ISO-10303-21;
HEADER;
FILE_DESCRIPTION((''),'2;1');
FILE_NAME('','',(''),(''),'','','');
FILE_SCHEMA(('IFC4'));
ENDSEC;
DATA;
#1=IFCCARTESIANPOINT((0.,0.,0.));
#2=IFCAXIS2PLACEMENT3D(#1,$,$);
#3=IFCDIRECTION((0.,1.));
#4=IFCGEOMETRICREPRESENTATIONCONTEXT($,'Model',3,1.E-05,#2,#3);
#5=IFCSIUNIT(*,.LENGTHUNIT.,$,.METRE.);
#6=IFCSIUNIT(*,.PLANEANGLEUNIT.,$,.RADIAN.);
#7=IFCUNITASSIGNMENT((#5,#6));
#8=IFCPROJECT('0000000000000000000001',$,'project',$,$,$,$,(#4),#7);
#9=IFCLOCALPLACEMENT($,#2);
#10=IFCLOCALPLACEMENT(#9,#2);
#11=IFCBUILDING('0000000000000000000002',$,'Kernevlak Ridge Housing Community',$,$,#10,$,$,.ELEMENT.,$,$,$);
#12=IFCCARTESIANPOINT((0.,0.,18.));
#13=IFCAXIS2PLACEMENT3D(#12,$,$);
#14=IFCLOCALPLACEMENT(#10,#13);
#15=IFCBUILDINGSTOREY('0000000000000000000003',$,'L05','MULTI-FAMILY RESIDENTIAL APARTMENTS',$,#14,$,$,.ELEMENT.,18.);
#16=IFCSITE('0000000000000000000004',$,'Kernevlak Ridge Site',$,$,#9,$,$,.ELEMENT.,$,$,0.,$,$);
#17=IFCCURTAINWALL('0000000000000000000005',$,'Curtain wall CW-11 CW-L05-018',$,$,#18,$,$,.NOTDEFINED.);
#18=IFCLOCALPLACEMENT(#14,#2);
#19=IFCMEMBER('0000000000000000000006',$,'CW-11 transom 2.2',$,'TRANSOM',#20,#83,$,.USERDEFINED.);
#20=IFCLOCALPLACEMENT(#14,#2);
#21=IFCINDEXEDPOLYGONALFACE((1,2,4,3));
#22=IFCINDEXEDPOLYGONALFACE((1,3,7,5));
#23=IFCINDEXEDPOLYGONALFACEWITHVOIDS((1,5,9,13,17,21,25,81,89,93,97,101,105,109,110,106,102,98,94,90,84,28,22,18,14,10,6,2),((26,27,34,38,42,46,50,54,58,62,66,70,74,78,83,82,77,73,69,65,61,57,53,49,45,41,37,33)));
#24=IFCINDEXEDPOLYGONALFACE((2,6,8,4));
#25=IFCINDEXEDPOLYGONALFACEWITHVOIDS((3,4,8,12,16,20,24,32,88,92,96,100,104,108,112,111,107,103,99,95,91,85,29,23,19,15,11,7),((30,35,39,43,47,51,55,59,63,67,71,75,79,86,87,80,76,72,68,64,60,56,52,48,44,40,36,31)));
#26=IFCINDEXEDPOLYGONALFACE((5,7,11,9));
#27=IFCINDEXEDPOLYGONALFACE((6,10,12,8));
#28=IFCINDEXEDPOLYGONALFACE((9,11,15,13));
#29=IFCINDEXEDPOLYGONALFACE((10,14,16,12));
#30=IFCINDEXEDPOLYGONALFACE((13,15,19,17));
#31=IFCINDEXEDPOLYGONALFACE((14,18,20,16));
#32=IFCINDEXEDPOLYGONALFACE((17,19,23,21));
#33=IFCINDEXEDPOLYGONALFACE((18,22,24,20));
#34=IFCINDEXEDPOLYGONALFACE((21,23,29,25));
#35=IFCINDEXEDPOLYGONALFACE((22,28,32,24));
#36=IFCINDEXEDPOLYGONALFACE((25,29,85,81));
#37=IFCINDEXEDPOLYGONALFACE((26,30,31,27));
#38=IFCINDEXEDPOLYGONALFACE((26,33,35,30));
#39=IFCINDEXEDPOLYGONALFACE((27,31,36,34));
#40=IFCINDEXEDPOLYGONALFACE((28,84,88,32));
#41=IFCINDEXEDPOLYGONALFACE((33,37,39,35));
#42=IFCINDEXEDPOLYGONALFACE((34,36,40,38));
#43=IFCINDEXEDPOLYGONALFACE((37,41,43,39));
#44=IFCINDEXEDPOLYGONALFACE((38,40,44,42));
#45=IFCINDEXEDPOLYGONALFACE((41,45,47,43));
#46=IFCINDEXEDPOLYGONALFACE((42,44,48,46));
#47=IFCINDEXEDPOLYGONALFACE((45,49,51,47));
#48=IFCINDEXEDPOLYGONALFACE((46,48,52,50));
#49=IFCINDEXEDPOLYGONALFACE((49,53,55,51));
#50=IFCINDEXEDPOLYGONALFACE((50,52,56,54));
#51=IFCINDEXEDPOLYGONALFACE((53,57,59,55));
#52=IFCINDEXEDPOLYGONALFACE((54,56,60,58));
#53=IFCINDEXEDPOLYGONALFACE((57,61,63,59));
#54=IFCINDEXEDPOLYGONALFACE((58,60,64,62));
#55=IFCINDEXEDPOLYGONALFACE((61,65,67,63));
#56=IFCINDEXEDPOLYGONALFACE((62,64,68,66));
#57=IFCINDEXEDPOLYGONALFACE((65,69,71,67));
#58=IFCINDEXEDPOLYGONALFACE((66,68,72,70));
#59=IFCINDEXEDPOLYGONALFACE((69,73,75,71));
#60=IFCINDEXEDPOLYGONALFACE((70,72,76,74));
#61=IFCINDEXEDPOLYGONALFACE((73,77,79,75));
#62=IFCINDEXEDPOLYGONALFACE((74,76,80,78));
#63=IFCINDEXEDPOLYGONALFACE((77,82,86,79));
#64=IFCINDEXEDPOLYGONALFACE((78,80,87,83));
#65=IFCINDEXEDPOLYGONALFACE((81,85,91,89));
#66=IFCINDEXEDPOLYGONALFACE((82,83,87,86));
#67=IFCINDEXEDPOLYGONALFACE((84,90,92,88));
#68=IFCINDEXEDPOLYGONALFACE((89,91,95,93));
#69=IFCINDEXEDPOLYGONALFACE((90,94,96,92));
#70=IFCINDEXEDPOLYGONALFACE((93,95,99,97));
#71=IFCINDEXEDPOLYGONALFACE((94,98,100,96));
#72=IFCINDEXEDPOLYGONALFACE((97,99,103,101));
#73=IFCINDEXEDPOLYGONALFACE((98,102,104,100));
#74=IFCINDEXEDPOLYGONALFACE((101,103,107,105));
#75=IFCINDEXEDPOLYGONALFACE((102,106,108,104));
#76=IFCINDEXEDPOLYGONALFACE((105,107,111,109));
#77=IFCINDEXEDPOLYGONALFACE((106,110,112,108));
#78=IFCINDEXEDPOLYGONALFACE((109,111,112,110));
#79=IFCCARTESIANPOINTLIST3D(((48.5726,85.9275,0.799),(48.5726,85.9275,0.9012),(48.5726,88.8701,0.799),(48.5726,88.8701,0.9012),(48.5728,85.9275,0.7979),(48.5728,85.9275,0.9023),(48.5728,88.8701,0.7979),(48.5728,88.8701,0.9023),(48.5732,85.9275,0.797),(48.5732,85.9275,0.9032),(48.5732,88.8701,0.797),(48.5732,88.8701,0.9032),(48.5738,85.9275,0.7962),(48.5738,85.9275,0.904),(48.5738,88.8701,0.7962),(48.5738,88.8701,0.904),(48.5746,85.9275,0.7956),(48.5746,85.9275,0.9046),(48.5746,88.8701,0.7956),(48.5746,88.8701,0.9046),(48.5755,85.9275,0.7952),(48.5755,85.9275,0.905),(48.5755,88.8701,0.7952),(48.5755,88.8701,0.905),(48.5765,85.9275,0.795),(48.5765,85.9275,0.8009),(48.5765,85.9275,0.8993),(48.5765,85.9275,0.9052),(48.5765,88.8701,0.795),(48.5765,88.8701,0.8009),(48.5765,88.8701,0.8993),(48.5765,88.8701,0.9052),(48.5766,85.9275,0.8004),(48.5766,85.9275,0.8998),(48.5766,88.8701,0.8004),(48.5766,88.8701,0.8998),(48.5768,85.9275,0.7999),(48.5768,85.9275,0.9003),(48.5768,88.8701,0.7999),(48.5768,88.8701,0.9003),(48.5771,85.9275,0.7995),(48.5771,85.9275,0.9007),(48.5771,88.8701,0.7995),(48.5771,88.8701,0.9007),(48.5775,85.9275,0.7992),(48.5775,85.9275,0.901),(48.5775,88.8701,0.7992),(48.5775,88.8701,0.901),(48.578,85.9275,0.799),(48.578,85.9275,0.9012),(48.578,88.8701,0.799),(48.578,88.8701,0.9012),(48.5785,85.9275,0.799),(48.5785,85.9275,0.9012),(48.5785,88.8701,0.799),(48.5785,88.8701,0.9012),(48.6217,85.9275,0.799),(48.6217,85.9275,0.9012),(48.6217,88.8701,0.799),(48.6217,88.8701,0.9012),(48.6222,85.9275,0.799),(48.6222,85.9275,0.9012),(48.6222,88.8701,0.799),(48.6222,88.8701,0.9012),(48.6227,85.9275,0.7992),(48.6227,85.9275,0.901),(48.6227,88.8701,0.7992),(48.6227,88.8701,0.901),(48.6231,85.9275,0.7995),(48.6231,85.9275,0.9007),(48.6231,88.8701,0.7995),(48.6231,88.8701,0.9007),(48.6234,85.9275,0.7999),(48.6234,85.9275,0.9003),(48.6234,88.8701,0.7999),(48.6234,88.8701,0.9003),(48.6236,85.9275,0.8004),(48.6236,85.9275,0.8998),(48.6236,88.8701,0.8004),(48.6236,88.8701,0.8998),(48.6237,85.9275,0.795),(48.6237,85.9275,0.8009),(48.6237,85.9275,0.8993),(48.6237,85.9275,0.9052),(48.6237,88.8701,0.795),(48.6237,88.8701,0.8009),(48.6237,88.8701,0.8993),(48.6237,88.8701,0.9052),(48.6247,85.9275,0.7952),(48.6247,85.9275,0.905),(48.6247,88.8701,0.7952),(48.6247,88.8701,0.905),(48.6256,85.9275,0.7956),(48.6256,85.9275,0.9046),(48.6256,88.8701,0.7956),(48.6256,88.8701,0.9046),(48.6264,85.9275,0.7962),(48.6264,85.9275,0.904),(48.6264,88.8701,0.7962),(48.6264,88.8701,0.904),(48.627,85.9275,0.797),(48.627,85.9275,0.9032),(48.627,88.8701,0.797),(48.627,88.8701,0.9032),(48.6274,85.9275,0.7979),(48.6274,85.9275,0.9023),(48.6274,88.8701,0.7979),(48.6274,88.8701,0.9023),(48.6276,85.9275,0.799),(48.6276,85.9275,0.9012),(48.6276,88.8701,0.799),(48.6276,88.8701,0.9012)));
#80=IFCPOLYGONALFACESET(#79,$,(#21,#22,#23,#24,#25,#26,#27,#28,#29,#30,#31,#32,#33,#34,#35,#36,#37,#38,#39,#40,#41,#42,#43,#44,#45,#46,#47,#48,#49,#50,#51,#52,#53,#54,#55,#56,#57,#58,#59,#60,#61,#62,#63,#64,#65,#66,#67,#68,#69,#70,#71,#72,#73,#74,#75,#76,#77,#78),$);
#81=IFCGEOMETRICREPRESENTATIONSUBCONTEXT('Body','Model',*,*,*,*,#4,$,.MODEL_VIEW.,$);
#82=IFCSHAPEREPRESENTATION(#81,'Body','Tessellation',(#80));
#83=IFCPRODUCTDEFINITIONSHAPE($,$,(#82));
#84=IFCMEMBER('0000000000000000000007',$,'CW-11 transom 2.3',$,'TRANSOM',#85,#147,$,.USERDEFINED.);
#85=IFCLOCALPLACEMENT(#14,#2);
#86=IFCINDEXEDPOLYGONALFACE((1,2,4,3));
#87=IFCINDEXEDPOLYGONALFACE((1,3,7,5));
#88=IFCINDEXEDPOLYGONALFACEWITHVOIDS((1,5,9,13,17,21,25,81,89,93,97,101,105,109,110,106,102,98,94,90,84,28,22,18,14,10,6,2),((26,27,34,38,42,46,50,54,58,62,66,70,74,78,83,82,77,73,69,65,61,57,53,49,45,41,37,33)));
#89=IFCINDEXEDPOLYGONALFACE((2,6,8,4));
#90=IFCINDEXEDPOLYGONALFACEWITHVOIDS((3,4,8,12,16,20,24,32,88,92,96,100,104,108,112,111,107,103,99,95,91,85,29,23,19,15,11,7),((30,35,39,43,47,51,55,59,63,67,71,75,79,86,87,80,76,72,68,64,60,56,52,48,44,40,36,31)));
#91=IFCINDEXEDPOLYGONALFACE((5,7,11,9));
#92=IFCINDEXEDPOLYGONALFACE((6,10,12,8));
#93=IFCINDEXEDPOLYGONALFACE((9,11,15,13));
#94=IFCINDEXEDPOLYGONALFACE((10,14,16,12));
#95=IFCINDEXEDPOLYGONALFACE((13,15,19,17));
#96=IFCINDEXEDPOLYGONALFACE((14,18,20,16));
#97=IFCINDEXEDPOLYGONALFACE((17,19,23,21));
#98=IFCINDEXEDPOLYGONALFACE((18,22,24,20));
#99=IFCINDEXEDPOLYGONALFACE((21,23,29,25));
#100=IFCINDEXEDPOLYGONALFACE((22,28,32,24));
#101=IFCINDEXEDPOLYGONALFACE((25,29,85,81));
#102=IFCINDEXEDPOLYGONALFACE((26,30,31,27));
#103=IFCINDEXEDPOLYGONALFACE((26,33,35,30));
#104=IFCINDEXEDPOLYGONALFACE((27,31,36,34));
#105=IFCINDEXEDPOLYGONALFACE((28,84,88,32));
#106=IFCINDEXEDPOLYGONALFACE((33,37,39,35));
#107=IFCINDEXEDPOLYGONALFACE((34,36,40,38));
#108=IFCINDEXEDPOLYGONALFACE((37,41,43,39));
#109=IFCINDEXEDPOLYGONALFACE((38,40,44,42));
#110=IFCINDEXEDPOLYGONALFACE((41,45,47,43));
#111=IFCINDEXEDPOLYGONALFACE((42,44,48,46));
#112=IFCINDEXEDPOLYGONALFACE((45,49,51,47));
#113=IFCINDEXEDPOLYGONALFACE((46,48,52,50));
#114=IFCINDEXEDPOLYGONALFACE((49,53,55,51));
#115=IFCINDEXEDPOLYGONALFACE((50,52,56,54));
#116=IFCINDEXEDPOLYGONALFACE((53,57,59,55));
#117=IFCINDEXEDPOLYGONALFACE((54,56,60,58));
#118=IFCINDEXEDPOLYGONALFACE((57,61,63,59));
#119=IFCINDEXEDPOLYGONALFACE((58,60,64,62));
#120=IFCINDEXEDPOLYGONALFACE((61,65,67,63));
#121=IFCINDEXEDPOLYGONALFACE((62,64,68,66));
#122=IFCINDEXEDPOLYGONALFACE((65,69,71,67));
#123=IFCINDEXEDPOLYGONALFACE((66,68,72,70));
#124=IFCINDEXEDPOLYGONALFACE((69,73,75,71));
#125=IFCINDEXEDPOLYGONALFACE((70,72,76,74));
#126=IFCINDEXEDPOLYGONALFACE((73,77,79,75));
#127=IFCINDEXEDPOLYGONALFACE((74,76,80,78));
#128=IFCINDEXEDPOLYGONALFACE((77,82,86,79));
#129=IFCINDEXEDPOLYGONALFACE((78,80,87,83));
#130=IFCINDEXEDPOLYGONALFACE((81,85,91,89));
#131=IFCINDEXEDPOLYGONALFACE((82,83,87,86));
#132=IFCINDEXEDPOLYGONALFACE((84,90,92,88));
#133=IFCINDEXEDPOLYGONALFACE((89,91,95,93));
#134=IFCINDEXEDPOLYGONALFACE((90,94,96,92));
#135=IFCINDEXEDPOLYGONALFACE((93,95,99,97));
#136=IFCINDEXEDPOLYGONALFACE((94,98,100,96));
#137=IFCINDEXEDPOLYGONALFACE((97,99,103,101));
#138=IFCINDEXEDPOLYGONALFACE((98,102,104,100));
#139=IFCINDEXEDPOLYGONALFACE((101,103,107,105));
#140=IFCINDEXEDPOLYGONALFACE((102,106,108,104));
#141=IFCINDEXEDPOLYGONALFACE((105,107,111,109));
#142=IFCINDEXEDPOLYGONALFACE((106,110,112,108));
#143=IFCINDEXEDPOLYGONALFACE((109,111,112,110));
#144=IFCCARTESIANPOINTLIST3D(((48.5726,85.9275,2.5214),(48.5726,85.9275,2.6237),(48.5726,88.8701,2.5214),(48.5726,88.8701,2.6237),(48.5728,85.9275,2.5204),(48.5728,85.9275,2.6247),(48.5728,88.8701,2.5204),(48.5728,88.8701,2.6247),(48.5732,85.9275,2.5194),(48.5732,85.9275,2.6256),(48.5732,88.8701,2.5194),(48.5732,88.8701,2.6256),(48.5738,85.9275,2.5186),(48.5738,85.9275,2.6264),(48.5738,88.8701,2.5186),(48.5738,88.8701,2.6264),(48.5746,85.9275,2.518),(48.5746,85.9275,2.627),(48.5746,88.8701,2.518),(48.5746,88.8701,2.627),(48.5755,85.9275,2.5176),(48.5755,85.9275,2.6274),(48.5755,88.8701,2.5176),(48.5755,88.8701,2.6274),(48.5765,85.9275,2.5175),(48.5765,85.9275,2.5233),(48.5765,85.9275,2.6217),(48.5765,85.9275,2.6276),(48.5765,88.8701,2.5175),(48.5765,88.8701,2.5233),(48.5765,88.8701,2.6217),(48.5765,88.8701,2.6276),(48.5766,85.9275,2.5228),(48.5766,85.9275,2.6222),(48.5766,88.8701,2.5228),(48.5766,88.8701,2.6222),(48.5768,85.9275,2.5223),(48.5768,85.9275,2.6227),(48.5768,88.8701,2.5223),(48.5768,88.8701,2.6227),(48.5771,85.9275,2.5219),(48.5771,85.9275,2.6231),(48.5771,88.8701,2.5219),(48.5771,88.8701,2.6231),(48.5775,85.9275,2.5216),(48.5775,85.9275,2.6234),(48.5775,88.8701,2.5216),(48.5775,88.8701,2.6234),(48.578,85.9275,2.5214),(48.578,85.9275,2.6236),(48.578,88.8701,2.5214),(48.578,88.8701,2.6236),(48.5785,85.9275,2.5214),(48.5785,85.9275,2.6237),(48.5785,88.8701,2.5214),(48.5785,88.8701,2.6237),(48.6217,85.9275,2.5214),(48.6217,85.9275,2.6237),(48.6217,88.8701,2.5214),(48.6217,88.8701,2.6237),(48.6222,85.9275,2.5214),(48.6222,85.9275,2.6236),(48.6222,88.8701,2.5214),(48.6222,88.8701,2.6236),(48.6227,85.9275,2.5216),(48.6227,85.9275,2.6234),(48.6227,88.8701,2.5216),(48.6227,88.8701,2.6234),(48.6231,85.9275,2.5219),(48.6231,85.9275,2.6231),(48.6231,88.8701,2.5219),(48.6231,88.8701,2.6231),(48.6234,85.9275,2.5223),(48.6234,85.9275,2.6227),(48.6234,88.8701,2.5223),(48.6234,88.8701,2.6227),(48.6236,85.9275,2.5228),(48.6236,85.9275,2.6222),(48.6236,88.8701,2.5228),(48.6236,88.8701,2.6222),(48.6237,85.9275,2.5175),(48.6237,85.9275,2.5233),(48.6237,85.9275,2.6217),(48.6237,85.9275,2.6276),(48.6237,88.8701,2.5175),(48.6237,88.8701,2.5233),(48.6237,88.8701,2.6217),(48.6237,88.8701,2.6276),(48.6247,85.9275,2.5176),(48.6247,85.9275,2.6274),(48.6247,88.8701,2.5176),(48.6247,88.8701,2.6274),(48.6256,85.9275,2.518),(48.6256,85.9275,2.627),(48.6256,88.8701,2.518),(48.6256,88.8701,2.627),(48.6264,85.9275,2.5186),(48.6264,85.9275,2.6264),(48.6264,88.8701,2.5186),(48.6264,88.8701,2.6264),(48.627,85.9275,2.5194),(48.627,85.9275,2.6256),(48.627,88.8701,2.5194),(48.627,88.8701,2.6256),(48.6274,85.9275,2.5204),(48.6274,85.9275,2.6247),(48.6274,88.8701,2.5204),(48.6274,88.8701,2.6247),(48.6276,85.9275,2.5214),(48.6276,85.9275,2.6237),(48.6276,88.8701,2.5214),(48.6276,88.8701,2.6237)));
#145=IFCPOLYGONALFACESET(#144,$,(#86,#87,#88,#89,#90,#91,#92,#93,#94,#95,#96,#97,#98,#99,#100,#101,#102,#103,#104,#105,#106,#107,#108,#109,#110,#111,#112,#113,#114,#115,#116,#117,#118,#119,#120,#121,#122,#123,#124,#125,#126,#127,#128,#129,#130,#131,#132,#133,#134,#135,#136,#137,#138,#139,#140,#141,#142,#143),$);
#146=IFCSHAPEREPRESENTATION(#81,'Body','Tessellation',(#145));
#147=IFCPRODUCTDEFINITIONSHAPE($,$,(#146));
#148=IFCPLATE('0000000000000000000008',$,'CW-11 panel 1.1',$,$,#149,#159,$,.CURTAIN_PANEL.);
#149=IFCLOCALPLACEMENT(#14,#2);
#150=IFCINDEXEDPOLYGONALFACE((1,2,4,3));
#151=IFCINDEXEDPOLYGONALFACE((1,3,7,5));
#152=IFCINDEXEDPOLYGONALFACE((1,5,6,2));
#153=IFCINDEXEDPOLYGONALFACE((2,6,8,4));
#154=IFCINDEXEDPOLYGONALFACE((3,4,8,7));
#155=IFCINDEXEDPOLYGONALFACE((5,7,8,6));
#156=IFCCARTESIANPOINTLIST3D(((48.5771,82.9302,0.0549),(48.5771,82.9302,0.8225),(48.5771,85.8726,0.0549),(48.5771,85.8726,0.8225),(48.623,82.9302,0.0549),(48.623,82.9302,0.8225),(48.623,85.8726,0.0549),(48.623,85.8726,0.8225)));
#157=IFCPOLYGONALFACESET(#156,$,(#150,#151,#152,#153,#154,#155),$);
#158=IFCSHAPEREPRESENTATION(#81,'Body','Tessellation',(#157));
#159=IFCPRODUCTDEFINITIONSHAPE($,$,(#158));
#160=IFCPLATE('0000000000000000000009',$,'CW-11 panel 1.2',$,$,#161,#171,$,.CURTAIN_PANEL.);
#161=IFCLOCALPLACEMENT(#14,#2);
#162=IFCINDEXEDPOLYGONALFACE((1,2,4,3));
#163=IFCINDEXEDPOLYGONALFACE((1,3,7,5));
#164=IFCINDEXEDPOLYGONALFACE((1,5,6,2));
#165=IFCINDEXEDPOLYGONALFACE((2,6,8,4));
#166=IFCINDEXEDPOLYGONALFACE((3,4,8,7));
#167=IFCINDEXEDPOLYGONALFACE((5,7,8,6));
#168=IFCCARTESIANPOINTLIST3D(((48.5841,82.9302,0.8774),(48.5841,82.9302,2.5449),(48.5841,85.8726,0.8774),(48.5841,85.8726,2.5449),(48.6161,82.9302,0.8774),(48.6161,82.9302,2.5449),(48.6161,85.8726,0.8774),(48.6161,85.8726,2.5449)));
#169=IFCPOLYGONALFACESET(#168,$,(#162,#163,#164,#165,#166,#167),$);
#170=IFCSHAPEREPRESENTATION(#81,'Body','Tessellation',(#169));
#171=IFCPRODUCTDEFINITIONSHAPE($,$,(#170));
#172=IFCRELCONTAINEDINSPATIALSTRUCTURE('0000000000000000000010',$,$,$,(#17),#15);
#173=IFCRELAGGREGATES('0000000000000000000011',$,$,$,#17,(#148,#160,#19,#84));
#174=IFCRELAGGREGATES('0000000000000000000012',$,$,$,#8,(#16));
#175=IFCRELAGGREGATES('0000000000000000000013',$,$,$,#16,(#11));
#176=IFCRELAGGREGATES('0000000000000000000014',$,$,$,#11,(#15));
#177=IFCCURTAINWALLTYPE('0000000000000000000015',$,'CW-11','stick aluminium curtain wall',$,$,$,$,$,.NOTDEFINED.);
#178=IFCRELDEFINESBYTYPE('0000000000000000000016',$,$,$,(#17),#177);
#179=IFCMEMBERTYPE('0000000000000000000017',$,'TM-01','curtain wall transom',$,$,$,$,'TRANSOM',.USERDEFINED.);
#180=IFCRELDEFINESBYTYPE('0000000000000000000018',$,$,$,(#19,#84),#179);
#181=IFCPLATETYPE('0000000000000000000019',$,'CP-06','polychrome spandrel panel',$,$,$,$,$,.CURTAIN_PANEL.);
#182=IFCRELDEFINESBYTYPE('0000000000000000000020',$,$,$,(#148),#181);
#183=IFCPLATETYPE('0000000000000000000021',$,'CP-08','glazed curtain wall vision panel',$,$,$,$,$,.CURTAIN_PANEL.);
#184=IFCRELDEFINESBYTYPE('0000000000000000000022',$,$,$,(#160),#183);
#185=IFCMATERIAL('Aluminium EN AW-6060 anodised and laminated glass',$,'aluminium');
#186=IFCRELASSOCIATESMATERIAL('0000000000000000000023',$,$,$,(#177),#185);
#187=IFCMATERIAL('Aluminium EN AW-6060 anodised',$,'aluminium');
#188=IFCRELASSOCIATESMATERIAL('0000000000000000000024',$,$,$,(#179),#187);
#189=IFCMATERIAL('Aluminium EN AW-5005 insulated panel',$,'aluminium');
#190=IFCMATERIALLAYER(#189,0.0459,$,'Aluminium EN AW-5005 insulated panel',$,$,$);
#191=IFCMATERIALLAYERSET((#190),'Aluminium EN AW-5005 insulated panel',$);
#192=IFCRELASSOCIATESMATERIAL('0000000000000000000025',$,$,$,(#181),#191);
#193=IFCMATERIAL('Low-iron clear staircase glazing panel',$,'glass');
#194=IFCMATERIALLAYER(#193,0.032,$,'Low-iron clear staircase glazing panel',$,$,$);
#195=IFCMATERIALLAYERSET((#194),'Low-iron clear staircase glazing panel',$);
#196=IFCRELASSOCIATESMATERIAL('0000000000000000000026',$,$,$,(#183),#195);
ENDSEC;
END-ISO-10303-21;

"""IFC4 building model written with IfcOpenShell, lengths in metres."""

from ifc_helpers import new_model, si_unit, direction, frame, origin, origin_2d, place, context, subcontext, project, spatial, rectangle, hollow_rectangle, extrude, material, layer, layer_set, material_profile, profile_set, type_object, element, aggregate, save


model = new_model("IFC4")

# Units and contexts
model_context = context("Model", 3, precision=1e-05, world=origin(), true_north=direction((0.0, 1.0)))
body_context = subcontext(model_context, "Body", "Model", "MODEL_VIEW")
ifc_project = project(units=[si_unit("LENGTHUNIT", "METRE"), si_unit("PLANEANGLEUNIT", "RADIAN")], contexts=[model_context])

# Site, building, storey
site_placement = place(None, origin())
site = spatial("IfcSite", under=ifc_project, at=site_placement, Name="Kernevlak Ridge Site", CompositionType="ELEMENT", RefElevation=0.0)
building_placement = place(site_placement, origin())
building = spatial("IfcBuilding", under=site, at=building_placement, Name="Kernevlak Ridge Housing Community", CompositionType="ELEMENT")
storey_placement = place(building_placement, frame((0.0, 0.0, 18.0)))
storey = spatial("IfcBuildingStorey", under=building, at=storey_placement, Name="L05", Description="MULTI-FAMILY RESIDENTIAL APARTMENTS", CompositionType="ELEMENT", Elevation=18.0)

# Curtain wall, members, plates
ifc_material_1 = material(Name="Aluminium EN AW-6060 anodised and laminated glass", Category="aluminium")
curtain_wall_type = type_object("IfcCurtainWallType", Name="CW-11", Description="stick aluminium curtain wall", PredefinedType="NOTDEFINED", material=ifc_material_1)
curtain_wall_placement = place(storey_placement, origin())
curtain_wall = element("IfcCurtainWall", 1, at=curtain_wall_placement, inside=storey, type_object=curtain_wall_type, Name="Curtain wall CW-11 CW-L05-018", PredefinedType="NOTDEFINED")
ifc_material_2 = material(Name="Aluminium EN AW-6060 anodised", Category="aluminium")
ifc_material_profile_1 = material_profile(ifc_material_2, hollow_rectangle(XDim=0.0549, YDim=0.1101, WallThickness=0.0039, InnerFilletRadius=0.002, OuterFilletRadius=0.0039, at=origin_2d()), Name="ALU 55x110x4")
ifc_profile_set_1 = profile_set([ifc_material_profile_1], Name="Aluminium EN AW-6060 anodised")
member_type = type_object("IfcMemberType", Name="TM-01", Description="curtain wall transom", ElementType="TRANSOM", PredefinedType="USERDEFINED", material=ifc_profile_set_1)
member_1_placement = place(storey_placement, frame((48.6001, 85.9275, 0.8501), z_axis=(0.0, 1.0, 0.0), x_axis=(-1.0, 0.0, 0.0)))
member_1 = element("IfcMember", 2, at=member_1_placement, type_object=member_type, Name="CW-11 transom 2.2", ObjectType="TRANSOM", PredefinedType="USERDEFINED", context=body_context, shape_type="SweptSolid", body=[
    extrude(hollow_rectangle(XDim=0.0549, YDim=0.1101, WallThickness=0.0039, InnerFilletRadius=0.002, OuterFilletRadius=0.0039, at=origin_2d()), origin(), (0.0, 0.0, 1.0), 2.9426),
])
member_2_placement = place(storey_placement, frame((48.6001, 85.9275, 2.5725), z_axis=(0.0, 1.0, 0.0), x_axis=(-1.0, 0.0, 0.0)))
member_2 = element("IfcMember", 3, at=member_2_placement, type_object=member_type, Name="CW-11 transom 2.3", ObjectType="TRANSOM", PredefinedType="USERDEFINED", context=body_context, shape_type="SweptSolid", body=[
    extrude(hollow_rectangle(XDim=0.0549, YDim=0.1101, WallThickness=0.0039, InnerFilletRadius=0.002, OuterFilletRadius=0.0039, at=origin_2d()), origin(), (0.0, 0.0, 1.0), 2.9426),
])
ifc_material_3 = material(Name="Aluminium EN AW-5005 insulated panel", Category="aluminium")
ifc_layer_1 = layer(ifc_material_3, 0.0459, Name="Aluminium EN AW-5005 insulated panel")
ifc_layer_set_1 = layer_set([ifc_layer_1], Name="Aluminium EN AW-5005 insulated panel")
plate_type_1 = type_object("IfcPlateType", Name="CP-06", Description="polychrome spandrel panel", PredefinedType="CURTAIN_PANEL", material=ifc_layer_set_1)
plate_1_placement = place(storey_placement, frame((48.6001, 84.4014, 0.0549), z_axis=(0.0, 0.0, 1.0), x_axis=(0.0, 1.0, 0.0)))
plate_1 = element("IfcPlate", 4, at=plate_1_placement, type_object=plate_type_1, Name="CW-11 panel 1.1", PredefinedType="CURTAIN_PANEL", context=body_context, shape_type="SweptSolid", body=[
    extrude(rectangle(XDim=2.9424, YDim=0.0459, at=origin_2d()), origin(), (0.0, 0.0, 1.0), 0.7676),
])
ifc_material_4 = material(Name="Low-iron clear staircase glazing panel", Category="glass")
ifc_layer_2 = layer(ifc_material_4, 0.032, Name="Low-iron clear staircase glazing panel")
ifc_layer_set_2 = layer_set([ifc_layer_2], Name="Low-iron clear staircase glazing panel")
plate_type_2 = type_object("IfcPlateType", Name="CP-08", Description="glazed curtain wall vision panel", PredefinedType="CURTAIN_PANEL", material=ifc_layer_set_2)
plate_2_placement = place(storey_placement, frame((48.6001, 84.4014, 0.8774), z_axis=(0.0, 0.0, 1.0), x_axis=(0.0, 1.0, 0.0)))
plate_2 = element("IfcPlate", 5, at=plate_2_placement, type_object=plate_type_2, Name="CW-11 panel 1.2", PredefinedType="CURTAIN_PANEL", context=body_context, shape_type="SweptSolid", body=[
    extrude(rectangle(XDim=2.9424, YDim=0.032, at=origin_2d()), origin(), (0.0, 0.0, 1.0), 1.6675),
])
aggregate(curtain_wall, [plate_1, plate_2, member_1, member_2])

save(model, "model.ifc")
